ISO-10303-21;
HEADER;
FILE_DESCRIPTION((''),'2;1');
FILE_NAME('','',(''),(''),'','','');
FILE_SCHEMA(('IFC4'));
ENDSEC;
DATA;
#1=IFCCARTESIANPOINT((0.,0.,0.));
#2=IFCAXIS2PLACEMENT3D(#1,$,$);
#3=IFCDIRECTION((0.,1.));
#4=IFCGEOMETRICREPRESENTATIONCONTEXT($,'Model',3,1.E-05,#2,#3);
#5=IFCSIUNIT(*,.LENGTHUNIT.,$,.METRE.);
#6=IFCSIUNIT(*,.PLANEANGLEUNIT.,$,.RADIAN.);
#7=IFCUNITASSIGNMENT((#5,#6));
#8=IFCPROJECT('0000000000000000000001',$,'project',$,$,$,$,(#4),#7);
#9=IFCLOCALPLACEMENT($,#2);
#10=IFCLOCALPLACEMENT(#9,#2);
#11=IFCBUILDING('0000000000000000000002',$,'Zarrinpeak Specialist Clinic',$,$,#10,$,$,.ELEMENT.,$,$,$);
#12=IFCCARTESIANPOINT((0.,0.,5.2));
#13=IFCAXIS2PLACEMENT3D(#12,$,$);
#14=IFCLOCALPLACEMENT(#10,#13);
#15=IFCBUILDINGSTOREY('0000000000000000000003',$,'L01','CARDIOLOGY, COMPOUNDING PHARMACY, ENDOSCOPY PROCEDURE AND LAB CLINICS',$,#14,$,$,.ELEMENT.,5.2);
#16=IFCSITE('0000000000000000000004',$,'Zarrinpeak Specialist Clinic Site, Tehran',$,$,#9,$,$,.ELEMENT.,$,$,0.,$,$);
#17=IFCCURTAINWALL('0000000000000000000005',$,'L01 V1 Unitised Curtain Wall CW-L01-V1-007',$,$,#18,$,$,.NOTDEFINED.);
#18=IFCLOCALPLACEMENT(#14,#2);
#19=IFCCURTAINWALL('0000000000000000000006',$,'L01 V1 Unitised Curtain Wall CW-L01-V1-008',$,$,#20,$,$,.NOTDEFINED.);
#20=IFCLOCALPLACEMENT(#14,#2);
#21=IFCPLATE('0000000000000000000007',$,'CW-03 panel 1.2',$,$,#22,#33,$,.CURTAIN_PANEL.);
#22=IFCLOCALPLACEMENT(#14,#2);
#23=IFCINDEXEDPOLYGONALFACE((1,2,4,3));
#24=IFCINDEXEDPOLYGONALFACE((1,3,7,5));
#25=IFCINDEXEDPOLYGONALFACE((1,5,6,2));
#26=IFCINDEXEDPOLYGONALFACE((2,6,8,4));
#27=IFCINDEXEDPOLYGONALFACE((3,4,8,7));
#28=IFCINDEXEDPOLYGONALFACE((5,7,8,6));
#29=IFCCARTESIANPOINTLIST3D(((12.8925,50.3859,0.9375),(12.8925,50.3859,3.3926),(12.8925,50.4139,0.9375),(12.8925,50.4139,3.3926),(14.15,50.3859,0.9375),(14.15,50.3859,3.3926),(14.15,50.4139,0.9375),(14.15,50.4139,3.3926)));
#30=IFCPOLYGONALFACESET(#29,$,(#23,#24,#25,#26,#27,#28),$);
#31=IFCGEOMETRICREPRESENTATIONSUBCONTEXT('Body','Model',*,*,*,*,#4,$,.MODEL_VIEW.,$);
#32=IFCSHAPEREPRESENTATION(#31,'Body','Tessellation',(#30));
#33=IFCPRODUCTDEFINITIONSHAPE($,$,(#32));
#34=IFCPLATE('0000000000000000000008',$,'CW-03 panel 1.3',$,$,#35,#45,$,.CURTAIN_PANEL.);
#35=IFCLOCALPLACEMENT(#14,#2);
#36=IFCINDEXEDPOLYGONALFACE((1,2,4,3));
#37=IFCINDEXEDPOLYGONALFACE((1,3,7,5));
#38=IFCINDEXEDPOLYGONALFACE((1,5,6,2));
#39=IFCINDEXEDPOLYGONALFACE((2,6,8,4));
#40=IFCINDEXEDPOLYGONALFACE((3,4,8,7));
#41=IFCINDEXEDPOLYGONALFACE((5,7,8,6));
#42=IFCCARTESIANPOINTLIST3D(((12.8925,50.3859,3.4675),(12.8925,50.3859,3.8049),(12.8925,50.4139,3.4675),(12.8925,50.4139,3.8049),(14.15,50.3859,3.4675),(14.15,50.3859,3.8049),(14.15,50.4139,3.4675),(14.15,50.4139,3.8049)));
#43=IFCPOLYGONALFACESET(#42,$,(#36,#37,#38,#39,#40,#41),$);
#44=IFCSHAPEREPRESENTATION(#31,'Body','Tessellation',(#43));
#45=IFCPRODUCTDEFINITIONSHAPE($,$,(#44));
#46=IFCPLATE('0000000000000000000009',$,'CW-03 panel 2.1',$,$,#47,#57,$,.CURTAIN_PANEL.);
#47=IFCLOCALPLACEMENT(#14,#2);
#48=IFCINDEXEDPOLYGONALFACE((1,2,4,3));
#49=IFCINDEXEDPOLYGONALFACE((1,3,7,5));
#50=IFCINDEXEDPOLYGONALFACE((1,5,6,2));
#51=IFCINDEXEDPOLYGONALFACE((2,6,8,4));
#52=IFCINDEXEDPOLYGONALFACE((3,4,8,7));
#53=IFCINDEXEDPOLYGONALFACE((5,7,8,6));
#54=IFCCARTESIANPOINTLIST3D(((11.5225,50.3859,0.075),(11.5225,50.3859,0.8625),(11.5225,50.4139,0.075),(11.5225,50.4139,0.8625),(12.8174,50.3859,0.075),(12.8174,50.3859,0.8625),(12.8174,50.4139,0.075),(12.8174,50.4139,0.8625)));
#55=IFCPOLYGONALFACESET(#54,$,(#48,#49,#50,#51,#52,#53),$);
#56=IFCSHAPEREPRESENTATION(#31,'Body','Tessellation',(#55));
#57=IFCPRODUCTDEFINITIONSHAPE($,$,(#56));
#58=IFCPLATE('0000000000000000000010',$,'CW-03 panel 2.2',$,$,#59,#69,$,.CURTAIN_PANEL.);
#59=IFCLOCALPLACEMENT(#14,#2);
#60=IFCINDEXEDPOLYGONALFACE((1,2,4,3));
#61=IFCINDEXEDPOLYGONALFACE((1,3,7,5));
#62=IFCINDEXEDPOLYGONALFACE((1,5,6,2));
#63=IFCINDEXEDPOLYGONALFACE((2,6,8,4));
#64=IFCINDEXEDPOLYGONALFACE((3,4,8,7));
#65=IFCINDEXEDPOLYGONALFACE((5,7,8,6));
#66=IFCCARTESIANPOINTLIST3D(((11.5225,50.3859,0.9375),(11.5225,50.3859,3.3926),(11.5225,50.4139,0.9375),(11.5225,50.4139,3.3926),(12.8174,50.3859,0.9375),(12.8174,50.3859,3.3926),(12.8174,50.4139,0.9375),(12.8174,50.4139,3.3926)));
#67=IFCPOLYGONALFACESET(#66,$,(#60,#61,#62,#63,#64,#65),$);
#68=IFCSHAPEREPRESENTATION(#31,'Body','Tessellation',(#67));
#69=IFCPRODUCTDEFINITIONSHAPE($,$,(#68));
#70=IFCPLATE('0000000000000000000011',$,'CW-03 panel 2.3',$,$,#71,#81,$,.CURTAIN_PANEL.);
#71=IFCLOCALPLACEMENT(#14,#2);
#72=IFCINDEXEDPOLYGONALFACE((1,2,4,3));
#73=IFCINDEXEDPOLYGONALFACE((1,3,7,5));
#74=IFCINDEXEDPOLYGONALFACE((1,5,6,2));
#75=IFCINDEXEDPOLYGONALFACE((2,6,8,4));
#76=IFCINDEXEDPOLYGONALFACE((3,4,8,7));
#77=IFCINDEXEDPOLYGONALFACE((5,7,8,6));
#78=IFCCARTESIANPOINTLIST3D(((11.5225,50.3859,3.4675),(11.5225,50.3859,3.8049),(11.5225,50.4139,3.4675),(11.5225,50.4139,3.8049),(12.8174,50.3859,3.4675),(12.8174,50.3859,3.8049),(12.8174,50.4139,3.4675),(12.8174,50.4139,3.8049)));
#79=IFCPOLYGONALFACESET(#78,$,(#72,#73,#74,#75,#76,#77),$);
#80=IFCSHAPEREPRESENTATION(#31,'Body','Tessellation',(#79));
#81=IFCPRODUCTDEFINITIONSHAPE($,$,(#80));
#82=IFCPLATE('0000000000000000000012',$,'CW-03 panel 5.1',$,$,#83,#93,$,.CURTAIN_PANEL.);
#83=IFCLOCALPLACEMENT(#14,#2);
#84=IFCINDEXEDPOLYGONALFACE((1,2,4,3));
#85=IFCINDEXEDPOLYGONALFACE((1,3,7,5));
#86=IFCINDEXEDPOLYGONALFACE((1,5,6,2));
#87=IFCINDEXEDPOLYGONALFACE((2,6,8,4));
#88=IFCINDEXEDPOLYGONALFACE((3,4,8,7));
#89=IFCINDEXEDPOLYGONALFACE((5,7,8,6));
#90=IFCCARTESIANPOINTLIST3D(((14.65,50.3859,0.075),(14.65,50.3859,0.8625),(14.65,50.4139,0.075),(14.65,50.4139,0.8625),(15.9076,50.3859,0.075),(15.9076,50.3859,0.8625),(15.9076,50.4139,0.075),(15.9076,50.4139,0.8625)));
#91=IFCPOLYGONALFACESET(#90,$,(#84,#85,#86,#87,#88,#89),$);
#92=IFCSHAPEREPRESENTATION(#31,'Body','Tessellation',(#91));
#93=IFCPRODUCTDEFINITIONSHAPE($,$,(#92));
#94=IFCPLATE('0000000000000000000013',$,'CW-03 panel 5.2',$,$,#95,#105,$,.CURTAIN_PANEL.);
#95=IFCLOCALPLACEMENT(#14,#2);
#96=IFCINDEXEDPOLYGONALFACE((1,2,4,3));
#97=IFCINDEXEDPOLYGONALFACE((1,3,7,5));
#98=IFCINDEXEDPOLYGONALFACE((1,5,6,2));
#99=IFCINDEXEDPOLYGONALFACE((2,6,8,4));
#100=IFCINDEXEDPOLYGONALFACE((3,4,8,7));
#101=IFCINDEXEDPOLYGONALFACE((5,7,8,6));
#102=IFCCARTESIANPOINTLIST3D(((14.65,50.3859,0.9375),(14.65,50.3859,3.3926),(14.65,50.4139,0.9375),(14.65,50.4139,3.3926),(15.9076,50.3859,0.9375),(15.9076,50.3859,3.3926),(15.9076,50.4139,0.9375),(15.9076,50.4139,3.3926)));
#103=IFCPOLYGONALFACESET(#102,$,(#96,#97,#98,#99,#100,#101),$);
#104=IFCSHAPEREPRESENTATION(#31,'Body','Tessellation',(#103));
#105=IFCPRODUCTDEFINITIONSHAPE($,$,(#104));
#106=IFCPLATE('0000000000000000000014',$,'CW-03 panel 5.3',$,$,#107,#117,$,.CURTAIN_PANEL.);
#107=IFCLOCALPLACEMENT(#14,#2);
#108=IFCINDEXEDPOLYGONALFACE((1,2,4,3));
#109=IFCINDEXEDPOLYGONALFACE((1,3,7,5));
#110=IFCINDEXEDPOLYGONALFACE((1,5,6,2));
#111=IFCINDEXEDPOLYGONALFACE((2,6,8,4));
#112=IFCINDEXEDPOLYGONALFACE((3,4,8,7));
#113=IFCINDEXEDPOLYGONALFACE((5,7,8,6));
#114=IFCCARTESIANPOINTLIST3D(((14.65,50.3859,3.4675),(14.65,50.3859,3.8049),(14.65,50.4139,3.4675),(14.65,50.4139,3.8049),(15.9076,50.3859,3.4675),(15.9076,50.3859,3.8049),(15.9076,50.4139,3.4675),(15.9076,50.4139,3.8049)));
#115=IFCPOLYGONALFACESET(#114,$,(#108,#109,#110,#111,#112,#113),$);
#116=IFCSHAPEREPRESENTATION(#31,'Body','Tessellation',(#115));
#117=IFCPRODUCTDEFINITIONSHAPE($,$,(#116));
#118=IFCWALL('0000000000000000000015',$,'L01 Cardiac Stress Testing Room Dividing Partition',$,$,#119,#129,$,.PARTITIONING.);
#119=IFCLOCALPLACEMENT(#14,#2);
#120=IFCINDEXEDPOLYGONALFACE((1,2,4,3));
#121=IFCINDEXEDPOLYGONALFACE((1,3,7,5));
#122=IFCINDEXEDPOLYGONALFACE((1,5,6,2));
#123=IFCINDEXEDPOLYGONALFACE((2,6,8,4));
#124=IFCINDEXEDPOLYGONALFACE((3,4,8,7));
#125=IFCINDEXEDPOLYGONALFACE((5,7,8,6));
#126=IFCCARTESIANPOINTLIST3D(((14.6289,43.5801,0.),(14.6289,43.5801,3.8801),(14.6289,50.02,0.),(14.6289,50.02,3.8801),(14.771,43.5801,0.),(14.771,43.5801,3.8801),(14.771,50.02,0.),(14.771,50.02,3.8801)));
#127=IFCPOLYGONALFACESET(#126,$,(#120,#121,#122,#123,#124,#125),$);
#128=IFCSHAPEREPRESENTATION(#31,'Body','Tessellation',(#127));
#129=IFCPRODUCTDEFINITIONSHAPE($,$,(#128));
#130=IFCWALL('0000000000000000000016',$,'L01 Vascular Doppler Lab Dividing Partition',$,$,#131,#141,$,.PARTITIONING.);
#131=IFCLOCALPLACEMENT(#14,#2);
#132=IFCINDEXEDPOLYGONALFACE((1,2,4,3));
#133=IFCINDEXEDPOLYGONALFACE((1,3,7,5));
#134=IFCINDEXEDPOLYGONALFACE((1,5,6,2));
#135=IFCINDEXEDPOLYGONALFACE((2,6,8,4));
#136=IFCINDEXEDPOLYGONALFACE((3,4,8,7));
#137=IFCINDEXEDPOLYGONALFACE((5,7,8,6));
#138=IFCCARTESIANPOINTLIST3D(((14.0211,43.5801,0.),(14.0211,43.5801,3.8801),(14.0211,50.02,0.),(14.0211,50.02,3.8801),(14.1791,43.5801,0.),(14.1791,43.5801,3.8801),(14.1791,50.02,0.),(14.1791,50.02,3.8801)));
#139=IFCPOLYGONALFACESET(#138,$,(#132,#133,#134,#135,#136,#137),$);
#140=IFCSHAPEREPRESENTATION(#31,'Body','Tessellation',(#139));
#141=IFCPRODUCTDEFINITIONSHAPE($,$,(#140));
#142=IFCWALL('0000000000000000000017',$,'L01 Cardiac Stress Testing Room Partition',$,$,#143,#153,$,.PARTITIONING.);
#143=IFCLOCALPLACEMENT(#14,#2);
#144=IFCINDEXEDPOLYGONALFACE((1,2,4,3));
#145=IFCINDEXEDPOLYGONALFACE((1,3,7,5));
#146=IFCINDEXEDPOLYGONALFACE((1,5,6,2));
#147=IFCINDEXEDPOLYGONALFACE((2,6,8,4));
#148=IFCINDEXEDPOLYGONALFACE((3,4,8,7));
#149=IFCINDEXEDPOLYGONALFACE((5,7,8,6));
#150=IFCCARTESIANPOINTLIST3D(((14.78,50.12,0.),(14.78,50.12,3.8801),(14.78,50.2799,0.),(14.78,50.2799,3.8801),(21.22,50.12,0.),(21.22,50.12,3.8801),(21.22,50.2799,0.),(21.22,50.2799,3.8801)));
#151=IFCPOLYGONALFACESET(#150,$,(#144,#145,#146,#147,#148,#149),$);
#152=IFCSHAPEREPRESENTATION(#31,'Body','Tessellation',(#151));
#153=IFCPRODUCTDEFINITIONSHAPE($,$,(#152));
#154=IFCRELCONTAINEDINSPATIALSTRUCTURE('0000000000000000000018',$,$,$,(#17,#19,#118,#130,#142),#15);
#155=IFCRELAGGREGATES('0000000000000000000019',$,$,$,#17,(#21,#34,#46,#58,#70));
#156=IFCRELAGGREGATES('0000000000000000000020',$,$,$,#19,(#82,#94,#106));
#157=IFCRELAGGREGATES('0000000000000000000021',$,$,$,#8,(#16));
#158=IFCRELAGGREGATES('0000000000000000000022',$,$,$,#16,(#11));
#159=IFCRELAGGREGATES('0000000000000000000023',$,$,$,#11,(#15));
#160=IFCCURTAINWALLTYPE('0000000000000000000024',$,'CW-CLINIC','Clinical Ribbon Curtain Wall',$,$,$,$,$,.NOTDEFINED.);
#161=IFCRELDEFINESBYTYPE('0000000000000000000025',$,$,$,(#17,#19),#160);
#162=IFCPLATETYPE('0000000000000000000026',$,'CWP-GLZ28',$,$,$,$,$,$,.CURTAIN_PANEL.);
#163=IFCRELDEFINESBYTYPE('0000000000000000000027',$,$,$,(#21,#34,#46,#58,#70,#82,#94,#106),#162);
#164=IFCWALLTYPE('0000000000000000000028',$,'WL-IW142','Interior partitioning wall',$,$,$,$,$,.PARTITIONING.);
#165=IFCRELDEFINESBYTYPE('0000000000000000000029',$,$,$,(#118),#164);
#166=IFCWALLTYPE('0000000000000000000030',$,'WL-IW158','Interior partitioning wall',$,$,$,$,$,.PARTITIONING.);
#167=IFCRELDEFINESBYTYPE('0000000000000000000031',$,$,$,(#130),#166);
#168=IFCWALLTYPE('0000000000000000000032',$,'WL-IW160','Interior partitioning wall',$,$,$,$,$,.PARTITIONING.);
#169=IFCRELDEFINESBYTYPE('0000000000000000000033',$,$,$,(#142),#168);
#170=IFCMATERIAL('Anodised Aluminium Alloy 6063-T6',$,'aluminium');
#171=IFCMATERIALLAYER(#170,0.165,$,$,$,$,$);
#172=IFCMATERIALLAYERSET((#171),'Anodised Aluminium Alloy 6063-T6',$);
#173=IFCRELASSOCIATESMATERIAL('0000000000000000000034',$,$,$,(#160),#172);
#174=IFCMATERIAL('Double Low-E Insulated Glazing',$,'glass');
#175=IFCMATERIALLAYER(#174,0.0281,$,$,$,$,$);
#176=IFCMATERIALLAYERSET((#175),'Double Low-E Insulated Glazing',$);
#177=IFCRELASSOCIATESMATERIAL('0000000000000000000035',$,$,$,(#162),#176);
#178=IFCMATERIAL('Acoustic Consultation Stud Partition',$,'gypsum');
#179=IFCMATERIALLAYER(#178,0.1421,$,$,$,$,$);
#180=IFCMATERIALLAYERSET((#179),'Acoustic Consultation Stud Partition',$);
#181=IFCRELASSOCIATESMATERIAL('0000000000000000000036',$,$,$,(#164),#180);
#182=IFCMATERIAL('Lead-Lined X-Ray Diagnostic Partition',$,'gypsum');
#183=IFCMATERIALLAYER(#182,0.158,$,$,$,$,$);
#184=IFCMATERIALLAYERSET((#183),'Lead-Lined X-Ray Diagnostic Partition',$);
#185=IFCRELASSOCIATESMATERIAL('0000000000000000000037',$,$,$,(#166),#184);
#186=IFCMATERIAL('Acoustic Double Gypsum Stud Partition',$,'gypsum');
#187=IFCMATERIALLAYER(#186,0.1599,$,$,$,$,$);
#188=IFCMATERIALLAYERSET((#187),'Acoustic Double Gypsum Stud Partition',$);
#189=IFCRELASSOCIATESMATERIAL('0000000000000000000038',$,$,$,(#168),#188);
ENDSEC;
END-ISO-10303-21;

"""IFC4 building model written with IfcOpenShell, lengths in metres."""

from ifc_helpers import new_model, si_unit, direction, frame, frame_2d, origin, origin_2d, place, context, subcontext, project, spatial, rectangle, extrude, material, layer, layer_set, type_object, element, aggregate, save


model = new_model("IFC4")

# Units and contexts
model_context = context("Model", 3, precision=1e-05, world=origin(), true_north=direction((0.0, 1.0)))
body_context = subcontext(model_context, "Body", "Model", "MODEL_VIEW")
ifc_project = project(units=[si_unit("LENGTHUNIT", "METRE"), si_unit("PLANEANGLEUNIT", "RADIAN")], contexts=[model_context])

# Site, building, storey
site_placement = place(None, origin())
site = spatial("IfcSite", under=ifc_project, at=site_placement, Name="Zarrinpeak Specialist Clinic Site, Tehran", CompositionType="ELEMENT", RefElevation=0.0)
building_placement = place(site_placement, origin())
building = spatial("IfcBuilding", under=site, at=building_placement, Name="Zarrinpeak Specialist Clinic", CompositionType="ELEMENT")
storey_placement = place(building_placement, frame((0.0, 0.0, 5.2)))
storey = spatial("IfcBuildingStorey", under=building, at=storey_placement, Name="L01", Description="CARDIOLOGY, COMPOUNDING PHARMACY, ENDOSCOPY PROCEDURE AND LAB CLINICS", CompositionType="ELEMENT", Elevation=5.2)

# Curtain wall
ifc_material_1 = material(Name="Anodised Aluminium Alloy 6063-T6", Category="aluminium")
ifc_layer_1 = layer(ifc_material_1, 0.165)
ifc_layer_set_1 = layer_set([ifc_layer_1], Name="Anodised Aluminium Alloy 6063-T6")
curtain_wall_type = type_object("IfcCurtainWallType", Name="CW-CLINIC", Description="Clinical Ribbon Curtain Wall", PredefinedType="NOTDEFINED", material=ifc_layer_set_1)
curtain_wall_1_placement = place(storey_placement, origin())
curtain_wall_1 = element("IfcCurtainWall", 1, at=curtain_wall_1_placement, inside=storey, type_object=curtain_wall_type, Name="L01 V1 Unitised Curtain Wall CW-L01-V1-007", PredefinedType="NOTDEFINED")

# Curtain wall
curtain_wall_2_placement = place(storey_placement, origin())
curtain_wall_2 = element("IfcCurtainWall", 2, at=curtain_wall_2_placement, inside=storey, type_object=curtain_wall_type, Name="L01 V1 Unitised Curtain Wall CW-L01-V1-008", PredefinedType="NOTDEFINED")

# Plates
ifc_material_2 = material(Name="Double Low-E Insulated Glazing", Category="glass")
ifc_layer_2 = layer(ifc_material_2, 0.0281)
ifc_layer_set_2 = layer_set([ifc_layer_2], Name="Double Low-E Insulated Glazing")
plate_type = type_object("IfcPlateType", Name="CWP-GLZ28", PredefinedType="CURTAIN_PANEL", material=ifc_layer_set_2)
plate_1_placement = place(storey_placement, frame((13.5212, 50.3999, 0.9375), z_axis=(0.0, 0.0, 1.0), x_axis=(-1.0, 0.0, 0.0)))
plate_1 = element("IfcPlate", 3, at=plate_1_placement, type_object=plate_type, Name="CW-03 panel 1.2", PredefinedType="CURTAIN_PANEL", context=body_context, shape_type="SweptSolid", body=[
    extrude(rectangle(XDim=1.2576, YDim=0.0281, at=origin_2d()), origin(), (0.0, 0.0, 1.0), 2.4551),
])
plate_2_placement = place(storey_placement, frame((13.5212, 50.3999, 3.4675), z_axis=(0.0, 0.0, 1.0), x_axis=(-1.0, 0.0, 0.0)))
plate_2 = element("IfcPlate", 4, at=plate_2_placement, type_object=plate_type, Name="CW-03 panel 1.3", PredefinedType="CURTAIN_PANEL", context=body_context, shape_type="SweptSolid", body=[
    extrude(rectangle(XDim=1.2576, YDim=0.0281, at=origin_2d()), origin(), (0.0, 0.0, 1.0), 0.3374),
])
plate_3_placement = place(storey_placement, frame((12.1699, 50.3999, 0.075), z_axis=(0.0, 0.0, 1.0), x_axis=(-1.0, 0.0, 0.0)))
plate_3 = element("IfcPlate", 5, at=plate_3_placement, type_object=plate_type, Name="CW-03 panel 2.1", PredefinedType="CURTAIN_PANEL", context=body_context, shape_type="SweptSolid", body=[
    extrude(rectangle(XDim=1.2949, YDim=0.0281, at=origin_2d()), origin(), (0.0, 0.0, 1.0), 0.7876),
])
plate_4_placement = place(storey_placement, frame((12.1699, 50.3999, 0.9375), z_axis=(0.0, 0.0, 1.0), x_axis=(-1.0, 0.0, 0.0)))
plate_4 = element("IfcPlate", 6, at=plate_4_placement, type_object=plate_type, Name="CW-03 panel 2.2", PredefinedType="CURTAIN_PANEL", context=body_context, shape_type="SweptSolid", body=[
    extrude(rectangle(XDim=1.2949, YDim=0.0281, at=origin_2d()), origin(), (0.0, 0.0, 1.0), 2.4551),
])
plate_5_placement = place(storey_placement, frame((12.1699, 50.3999, 3.4675), z_axis=(0.0, 0.0, 1.0), x_axis=(-1.0, 0.0, 0.0)))
plate_5 = element("IfcPlate", 7, at=plate_5_placement, type_object=plate_type, Name="CW-03 panel 2.3", PredefinedType="CURTAIN_PANEL", context=body_context, shape_type="SweptSolid", body=[
    extrude(rectangle(XDim=1.2949, YDim=0.0281, at=origin_2d()), origin(), (0.0, 0.0, 1.0), 0.3374),
])
aggregate(curtain_wall_1, [plate_1, plate_2, plate_3, plate_4, plate_5])
plate_6_placement = place(storey_placement, frame((15.2788, 50.3999, 0.075), z_axis=(0.0, 0.0, 1.0), x_axis=(-1.0, 0.0, 0.0)))
plate_6 = element("IfcPlate", 8, at=plate_6_placement, type_object=plate_type, Name="CW-03 panel 5.1", PredefinedType="CURTAIN_PANEL", context=body_context, shape_type="SweptSolid", body=[
    extrude(rectangle(XDim=1.2576, YDim=0.0281, at=origin_2d()), origin(), (0.0, 0.0, 1.0), 0.7876),
])
plate_7_placement = place(storey_placement, frame((15.2788, 50.3999, 0.9375), z_axis=(0.0, 0.0, 1.0), x_axis=(-1.0, 0.0, 0.0)))
plate_7 = element("IfcPlate", 9, at=plate_7_placement, type_object=plate_type, Name="CW-03 panel 5.2", PredefinedType="CURTAIN_PANEL", context=body_context, shape_type="SweptSolid", body=[
    extrude(rectangle(XDim=1.2576, YDim=0.0281, at=origin_2d()), origin(), (0.0, 0.0, 1.0), 2.4551),
])
plate_8_placement = place(storey_placement, frame((15.2788, 50.3999, 3.4675), z_axis=(0.0, 0.0, 1.0), x_axis=(-1.0, 0.0, 0.0)))
plate_8 = element("IfcPlate", 10, at=plate_8_placement, type_object=plate_type, Name="CW-03 panel 5.3", PredefinedType="CURTAIN_PANEL", context=body_context, shape_type="SweptSolid", body=[
    extrude(rectangle(XDim=1.2576, YDim=0.0281, at=origin_2d()), origin(), (0.0, 0.0, 1.0), 0.3374),
])
aggregate(curtain_wall_2, [plate_6, plate_7, plate_8])

# Walls
ifc_material_3 = material(Name="Acoustic Consultation Stud Partition", Category="gypsum")
ifc_layer_3 = layer(ifc_material_3, 0.1421)
ifc_layer_set_3 = layer_set([ifc_layer_3], Name="Acoustic Consultation Stud Partition")
wall_type_1 = type_object("IfcWallType", Name="WL-IW142", Description="Interior partitioning wall", PredefinedType="PARTITIONING", material=ifc_layer_set_3)
wall_1_placement = place(storey_placement, frame((14.7, 43.5801, 0.0), z_axis=(0.0, 0.0, 1.0), x_axis=(0.0, 1.0, 0.0)))
element("IfcWall", 11, at=wall_1_placement, inside=storey, type_object=wall_type_1, Name="L01 Cardiac Stress Testing Room Dividing Partition", PredefinedType="PARTITIONING", context=body_context, shape_type="SweptSolid", body=[
    extrude(rectangle(XDim=6.4399, YDim=0.1421, at=frame_2d((3.22, 0.0))), origin(), (0.0, 0.0, 1.0), 3.8801),
])
ifc_material_4 = material(Name="Lead-Lined X-Ray Diagnostic Partition", Category="gypsum")
ifc_layer_4 = layer(ifc_material_4, 0.158)
ifc_layer_set_4 = layer_set([ifc_layer_4], Name="Lead-Lined X-Ray Diagnostic Partition")
wall_type_2 = type_object("IfcWallType", Name="WL-IW158", Description="Interior partitioning wall", PredefinedType="PARTITIONING", material=ifc_layer_set_4)
wall_2_placement = place(storey_placement, frame((14.1001, 43.5801, 0.0), z_axis=(0.0, 0.0, 1.0), x_axis=(0.0, 1.0, 0.0)))
element("IfcWall", 12, at=wall_2_placement, inside=storey, type_object=wall_type_2, Name="L01 Vascular Doppler Lab Dividing Partition", PredefinedType="PARTITIONING", context=body_context, shape_type="SweptSolid", body=[
    extrude(rectangle(XDim=6.4399, YDim=0.158, at=frame_2d((3.22, 0.0))), origin(), (0.0, 0.0, 1.0), 3.8801),
])
ifc_material_5 = material(Name="Acoustic Double Gypsum Stud Partition", Category="gypsum")
ifc_layer_5 = layer(ifc_material_5, 0.1599)
ifc_layer_set_5 = layer_set([ifc_layer_5], Name="Acoustic Double Gypsum Stud Partition")
wall_type_3 = type_object("IfcWallType", Name="WL-IW160", Description="Interior partitioning wall", PredefinedType="PARTITIONING", material=ifc_layer_set_5)
wall_3_placement = place(storey_placement, frame((14.78, 50.2, 0.0), z_axis=(0.0, 0.0, 1.0), x_axis=(1.0, 0.0, 0.0)))
element("IfcWall", 13, at=wall_3_placement, inside=storey, type_object=wall_type_3, Name="L01 Cardiac Stress Testing Room Partition", PredefinedType="PARTITIONING", context=body_context, shape_type="SweptSolid", body=[
    extrude(rectangle(XDim=6.4399, YDim=0.1599, at=frame_2d((3.22, 0.0))), origin(), (0.0, 0.0, 1.0), 3.8801),
])

save(model, "model.ifc")
